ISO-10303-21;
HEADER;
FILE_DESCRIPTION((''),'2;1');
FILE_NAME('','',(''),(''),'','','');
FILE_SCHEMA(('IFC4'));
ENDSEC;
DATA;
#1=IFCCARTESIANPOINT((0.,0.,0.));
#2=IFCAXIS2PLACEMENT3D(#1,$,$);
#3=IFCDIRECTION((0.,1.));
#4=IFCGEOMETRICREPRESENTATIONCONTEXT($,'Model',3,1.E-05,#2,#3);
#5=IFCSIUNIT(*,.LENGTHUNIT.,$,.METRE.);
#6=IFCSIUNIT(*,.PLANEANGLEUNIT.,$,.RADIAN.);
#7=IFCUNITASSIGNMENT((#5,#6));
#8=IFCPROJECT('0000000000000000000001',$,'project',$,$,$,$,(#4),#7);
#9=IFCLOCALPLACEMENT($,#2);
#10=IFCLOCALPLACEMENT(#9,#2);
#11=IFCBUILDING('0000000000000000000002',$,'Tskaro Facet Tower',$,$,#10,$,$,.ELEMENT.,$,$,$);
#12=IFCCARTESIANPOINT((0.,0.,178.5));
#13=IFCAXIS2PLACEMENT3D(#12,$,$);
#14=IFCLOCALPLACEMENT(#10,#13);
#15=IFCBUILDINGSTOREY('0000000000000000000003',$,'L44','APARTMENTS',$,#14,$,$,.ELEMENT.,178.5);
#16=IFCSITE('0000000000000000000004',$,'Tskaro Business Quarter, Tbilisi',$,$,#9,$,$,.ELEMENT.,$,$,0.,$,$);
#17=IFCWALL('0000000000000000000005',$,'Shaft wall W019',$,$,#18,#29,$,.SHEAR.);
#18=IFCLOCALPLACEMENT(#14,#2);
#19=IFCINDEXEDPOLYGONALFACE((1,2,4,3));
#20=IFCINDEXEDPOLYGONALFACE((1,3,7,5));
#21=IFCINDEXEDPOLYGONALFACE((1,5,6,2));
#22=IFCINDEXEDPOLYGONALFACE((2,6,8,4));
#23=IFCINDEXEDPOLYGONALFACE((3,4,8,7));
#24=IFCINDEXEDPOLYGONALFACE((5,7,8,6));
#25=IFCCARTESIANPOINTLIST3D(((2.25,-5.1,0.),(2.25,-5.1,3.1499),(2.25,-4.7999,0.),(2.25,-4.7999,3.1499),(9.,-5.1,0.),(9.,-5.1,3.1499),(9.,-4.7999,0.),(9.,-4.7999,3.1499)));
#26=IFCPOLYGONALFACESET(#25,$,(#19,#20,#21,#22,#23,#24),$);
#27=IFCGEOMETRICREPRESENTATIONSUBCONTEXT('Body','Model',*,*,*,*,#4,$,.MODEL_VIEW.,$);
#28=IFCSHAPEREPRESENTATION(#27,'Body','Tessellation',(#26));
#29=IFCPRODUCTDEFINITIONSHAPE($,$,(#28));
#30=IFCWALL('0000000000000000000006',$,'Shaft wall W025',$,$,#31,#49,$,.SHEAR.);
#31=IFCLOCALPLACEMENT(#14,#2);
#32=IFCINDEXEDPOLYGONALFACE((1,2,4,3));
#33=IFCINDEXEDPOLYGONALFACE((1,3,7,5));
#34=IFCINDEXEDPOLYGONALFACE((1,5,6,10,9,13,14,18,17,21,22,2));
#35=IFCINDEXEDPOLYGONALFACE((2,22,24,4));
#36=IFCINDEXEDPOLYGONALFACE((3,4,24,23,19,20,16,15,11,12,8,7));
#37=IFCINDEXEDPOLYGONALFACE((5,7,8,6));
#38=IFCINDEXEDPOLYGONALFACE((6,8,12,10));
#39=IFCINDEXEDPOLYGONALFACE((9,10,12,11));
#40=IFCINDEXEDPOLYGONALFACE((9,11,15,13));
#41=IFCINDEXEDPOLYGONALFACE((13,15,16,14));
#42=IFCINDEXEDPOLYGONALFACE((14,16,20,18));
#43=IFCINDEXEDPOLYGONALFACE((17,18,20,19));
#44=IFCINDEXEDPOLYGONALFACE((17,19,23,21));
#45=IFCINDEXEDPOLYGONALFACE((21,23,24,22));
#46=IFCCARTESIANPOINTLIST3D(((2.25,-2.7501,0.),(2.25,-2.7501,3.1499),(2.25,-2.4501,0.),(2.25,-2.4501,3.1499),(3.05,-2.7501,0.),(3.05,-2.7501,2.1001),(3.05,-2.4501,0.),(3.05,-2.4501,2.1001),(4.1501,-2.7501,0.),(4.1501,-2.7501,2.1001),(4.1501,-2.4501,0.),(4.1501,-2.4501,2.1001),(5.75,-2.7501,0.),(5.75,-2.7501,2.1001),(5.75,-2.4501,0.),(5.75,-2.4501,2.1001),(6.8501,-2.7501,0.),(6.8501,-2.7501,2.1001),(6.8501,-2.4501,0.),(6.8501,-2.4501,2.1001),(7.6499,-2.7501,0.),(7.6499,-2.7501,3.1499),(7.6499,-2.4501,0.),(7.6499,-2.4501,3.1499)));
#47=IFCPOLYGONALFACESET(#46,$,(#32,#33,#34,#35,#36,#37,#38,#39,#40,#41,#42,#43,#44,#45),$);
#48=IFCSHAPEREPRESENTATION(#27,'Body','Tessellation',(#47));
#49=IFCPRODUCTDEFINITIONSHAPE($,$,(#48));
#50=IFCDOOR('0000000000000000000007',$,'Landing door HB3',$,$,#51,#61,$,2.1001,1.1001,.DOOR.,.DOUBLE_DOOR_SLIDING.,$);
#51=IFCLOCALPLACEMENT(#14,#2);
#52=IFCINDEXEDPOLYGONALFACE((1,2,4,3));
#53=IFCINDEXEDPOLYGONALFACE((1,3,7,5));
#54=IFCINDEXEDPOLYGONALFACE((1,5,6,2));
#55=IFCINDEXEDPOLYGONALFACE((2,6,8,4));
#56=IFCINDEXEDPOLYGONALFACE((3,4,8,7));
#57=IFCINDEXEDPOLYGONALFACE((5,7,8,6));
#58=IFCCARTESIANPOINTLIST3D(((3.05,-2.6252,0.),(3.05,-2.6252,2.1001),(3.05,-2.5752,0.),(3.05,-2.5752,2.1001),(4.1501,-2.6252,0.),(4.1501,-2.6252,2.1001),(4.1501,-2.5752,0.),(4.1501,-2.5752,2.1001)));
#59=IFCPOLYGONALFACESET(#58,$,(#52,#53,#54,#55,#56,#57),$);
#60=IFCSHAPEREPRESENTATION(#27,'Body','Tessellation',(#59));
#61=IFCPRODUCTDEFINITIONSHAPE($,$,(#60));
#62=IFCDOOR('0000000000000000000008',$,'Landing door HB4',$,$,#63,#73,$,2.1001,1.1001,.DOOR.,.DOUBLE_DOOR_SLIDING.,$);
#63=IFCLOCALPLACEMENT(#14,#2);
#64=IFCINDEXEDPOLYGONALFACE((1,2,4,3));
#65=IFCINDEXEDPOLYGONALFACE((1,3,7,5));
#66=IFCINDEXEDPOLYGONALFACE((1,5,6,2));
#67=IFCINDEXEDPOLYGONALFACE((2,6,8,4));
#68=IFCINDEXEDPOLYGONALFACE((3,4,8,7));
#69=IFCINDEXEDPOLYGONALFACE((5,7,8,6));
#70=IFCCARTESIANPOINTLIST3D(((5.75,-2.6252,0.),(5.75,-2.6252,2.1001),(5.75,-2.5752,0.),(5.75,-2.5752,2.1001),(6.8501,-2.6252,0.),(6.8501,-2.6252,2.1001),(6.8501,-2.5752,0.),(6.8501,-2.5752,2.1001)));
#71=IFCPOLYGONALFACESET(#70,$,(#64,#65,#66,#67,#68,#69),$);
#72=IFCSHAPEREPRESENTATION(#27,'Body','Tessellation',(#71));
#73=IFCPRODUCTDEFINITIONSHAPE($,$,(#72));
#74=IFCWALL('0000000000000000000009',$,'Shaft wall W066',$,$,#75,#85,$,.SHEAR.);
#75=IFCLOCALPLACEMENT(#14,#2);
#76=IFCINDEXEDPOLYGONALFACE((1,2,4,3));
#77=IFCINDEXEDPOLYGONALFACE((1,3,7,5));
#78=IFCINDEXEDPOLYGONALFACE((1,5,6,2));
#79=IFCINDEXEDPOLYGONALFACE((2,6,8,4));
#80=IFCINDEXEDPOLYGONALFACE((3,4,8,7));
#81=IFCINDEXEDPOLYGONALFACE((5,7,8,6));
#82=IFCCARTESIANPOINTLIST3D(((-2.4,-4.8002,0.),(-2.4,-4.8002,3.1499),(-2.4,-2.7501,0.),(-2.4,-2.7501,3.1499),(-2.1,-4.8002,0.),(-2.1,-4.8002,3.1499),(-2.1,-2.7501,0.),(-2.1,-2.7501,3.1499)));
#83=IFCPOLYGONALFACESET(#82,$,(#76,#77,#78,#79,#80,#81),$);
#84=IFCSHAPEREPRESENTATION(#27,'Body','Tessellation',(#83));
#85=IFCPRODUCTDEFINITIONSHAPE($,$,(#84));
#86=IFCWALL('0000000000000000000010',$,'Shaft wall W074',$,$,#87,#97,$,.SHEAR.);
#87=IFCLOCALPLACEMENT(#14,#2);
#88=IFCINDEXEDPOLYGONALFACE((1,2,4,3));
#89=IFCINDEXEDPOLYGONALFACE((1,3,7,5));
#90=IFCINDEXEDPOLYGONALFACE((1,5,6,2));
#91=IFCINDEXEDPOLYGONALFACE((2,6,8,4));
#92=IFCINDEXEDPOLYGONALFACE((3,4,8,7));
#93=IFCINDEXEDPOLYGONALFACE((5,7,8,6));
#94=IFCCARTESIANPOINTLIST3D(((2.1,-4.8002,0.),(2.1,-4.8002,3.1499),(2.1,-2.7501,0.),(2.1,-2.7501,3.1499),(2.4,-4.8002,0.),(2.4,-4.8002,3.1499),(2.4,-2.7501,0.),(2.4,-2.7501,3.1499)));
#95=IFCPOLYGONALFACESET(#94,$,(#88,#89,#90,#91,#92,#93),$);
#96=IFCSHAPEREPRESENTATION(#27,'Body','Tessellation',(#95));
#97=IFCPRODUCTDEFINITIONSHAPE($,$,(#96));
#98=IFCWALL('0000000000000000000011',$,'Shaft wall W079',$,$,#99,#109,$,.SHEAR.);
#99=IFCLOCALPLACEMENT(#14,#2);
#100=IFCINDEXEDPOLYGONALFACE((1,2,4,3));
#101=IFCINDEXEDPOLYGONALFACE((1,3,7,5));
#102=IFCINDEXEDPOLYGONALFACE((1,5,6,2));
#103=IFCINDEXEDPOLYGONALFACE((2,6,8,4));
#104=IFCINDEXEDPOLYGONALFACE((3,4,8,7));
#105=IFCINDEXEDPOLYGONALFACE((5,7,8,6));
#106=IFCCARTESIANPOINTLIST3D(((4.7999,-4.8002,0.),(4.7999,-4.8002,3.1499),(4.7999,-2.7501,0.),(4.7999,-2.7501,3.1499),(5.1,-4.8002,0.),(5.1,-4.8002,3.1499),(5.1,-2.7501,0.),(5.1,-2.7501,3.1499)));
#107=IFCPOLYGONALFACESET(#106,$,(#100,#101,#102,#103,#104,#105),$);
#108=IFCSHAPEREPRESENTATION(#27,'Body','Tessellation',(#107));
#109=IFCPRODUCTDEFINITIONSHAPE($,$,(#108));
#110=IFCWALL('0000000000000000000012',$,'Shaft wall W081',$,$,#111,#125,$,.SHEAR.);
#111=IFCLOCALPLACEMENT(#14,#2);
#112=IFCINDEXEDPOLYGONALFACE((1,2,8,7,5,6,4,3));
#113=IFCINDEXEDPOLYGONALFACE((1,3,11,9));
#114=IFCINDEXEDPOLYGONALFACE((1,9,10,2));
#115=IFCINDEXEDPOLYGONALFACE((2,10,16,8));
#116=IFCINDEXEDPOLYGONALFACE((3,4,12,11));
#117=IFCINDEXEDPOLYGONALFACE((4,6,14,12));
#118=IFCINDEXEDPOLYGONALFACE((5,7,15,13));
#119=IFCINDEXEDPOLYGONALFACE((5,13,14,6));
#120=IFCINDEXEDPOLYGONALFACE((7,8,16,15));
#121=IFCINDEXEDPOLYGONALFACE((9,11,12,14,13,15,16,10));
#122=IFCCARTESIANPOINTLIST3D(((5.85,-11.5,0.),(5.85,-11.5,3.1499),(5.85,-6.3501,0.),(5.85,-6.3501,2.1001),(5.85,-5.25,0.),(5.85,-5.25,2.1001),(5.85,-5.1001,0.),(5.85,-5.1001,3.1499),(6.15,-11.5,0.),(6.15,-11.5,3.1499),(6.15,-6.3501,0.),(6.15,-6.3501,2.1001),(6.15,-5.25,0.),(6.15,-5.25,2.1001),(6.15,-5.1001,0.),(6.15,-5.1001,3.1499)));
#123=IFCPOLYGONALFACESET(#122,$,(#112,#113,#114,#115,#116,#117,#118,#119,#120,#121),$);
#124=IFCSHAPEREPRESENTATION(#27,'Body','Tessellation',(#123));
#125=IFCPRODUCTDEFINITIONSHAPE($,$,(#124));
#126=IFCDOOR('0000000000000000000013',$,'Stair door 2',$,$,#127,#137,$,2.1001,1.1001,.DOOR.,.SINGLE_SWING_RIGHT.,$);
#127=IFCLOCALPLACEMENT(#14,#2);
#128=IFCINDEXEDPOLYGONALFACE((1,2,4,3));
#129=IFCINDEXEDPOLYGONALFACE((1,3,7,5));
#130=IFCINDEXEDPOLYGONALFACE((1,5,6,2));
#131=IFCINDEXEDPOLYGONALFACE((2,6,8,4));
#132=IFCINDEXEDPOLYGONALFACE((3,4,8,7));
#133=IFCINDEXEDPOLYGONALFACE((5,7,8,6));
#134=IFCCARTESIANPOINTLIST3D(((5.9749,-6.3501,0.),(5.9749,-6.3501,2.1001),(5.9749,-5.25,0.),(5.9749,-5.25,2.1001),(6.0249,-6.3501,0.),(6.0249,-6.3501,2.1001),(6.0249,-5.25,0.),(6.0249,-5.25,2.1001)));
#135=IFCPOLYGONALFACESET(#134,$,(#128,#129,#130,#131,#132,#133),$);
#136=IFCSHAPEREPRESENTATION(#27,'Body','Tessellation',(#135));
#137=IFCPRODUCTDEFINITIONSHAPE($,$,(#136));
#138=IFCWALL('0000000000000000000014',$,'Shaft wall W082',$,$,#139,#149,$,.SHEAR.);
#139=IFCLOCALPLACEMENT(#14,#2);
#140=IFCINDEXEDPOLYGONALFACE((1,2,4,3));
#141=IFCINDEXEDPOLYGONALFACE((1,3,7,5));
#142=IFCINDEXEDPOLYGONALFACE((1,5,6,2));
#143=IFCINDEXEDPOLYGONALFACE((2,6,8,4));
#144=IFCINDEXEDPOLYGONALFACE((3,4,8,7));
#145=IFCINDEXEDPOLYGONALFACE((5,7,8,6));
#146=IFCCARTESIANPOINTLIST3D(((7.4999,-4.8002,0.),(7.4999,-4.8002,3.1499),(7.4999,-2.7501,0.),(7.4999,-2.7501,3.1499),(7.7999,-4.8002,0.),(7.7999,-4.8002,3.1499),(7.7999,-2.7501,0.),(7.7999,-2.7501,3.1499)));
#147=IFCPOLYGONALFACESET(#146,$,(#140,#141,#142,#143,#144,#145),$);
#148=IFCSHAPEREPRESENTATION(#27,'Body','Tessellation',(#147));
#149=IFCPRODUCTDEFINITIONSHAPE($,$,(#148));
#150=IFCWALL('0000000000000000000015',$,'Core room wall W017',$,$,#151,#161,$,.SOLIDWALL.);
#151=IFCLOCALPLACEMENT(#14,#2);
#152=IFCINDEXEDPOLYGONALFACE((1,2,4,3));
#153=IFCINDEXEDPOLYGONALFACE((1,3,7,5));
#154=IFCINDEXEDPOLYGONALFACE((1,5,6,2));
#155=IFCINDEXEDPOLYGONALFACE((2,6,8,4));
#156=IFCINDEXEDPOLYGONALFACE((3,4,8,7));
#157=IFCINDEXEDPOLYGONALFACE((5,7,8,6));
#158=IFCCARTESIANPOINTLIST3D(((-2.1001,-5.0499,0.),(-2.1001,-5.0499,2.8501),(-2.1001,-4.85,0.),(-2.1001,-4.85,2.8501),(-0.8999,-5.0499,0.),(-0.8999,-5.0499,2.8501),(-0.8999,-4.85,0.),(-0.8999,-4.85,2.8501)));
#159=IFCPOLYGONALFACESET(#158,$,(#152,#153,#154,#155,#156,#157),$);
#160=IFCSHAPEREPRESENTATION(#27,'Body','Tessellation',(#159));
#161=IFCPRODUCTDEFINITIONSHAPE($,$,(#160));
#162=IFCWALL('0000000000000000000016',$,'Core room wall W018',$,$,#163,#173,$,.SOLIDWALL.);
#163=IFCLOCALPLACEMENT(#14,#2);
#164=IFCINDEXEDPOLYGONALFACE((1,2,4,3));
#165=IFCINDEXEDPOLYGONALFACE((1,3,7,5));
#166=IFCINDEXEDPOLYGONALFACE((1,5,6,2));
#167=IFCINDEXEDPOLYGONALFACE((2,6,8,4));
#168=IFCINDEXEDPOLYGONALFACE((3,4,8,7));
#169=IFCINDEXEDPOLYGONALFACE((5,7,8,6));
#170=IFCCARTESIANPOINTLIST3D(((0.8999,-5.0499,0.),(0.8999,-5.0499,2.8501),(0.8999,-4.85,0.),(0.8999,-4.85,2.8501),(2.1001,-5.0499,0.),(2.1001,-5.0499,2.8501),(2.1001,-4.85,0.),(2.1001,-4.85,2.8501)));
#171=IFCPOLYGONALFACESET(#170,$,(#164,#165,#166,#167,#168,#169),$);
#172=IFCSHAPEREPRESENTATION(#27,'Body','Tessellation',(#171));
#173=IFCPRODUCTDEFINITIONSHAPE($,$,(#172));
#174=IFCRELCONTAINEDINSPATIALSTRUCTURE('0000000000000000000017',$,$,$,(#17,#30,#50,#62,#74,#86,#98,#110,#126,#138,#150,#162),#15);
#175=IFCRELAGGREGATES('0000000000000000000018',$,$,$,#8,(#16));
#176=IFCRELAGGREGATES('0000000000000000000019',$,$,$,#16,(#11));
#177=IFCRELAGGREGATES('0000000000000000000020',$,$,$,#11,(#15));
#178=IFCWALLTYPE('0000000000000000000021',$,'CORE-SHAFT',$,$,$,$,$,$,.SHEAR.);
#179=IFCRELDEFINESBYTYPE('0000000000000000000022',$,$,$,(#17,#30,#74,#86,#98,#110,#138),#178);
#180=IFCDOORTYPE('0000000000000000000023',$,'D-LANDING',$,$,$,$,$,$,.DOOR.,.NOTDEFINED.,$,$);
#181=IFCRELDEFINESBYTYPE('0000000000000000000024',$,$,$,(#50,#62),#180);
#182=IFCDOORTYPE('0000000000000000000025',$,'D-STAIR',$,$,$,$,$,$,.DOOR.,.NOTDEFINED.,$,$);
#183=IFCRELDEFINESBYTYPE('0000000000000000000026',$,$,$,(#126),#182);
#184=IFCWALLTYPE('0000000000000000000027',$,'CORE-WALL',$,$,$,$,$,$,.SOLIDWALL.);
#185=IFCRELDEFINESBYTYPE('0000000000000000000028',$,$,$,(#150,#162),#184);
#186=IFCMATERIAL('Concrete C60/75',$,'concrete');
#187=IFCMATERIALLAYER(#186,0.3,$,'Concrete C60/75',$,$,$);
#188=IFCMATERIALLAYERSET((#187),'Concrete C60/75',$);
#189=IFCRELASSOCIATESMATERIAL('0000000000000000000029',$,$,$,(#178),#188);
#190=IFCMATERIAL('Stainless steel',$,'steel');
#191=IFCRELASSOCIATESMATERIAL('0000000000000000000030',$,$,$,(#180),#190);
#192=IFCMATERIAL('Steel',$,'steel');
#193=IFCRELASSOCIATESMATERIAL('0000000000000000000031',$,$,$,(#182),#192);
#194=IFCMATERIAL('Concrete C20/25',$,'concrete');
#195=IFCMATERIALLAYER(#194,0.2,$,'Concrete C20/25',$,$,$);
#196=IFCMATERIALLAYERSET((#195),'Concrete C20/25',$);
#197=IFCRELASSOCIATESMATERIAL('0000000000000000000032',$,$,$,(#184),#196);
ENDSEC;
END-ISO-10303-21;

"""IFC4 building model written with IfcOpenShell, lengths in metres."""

from ifc_helpers import new_model, si_unit, direction, frame, frame_2d, origin, place, context, subcontext, project, spatial, rectangle, extrude, material, layer, layer_set, type_object, element, fill, save


model = new_model("IFC4")

# Units and contexts
model_context = context("Model", 3, precision=1e-05, world=origin(), true_north=direction((0.0, 1.0)))
body_context = subcontext(model_context, "Body", "Model", "MODEL_VIEW")
ifc_project = project(units=[si_unit("LENGTHUNIT", "METRE"), si_unit("PLANEANGLEUNIT", "RADIAN")], contexts=[model_context])

# Site, building, storey
site_placement = place(None, origin())
site = spatial("IfcSite", under=ifc_project, at=site_placement, Name="Tskaro Business Quarter, Tbilisi", CompositionType="ELEMENT", RefElevation=0.0)
building_placement = place(site_placement, origin())
building = spatial("IfcBuilding", under=site, at=building_placement, Name="Tskaro Facet Tower", CompositionType="ELEMENT")
storey_placement = place(building_placement, frame((0.0, 0.0, 178.5)))
storey = spatial("IfcBuildingStorey", under=building, at=storey_placement, Name="L44", Description="APARTMENTS", CompositionType="ELEMENT", Elevation=178.5)

# Wall
ifc_material_1 = material(Name="Concrete C60/75", Category="concrete")
ifc_layer_1 = layer(ifc_material_1, 0.3, Name="Concrete C60/75")
ifc_layer_set_1 = layer_set([ifc_layer_1], Name="Concrete C60/75")
wall_type_1 = type_object("IfcWallType", Name="CORE-SHAFT", PredefinedType="SHEAR", material=ifc_layer_set_1)
wall_1_placement = place(storey_placement, frame((2.25, -4.95, 0.0), z_axis=(0.0, 0.0, 1.0), x_axis=(1.0, 0.0, 0.0)))
element("IfcWall", 1, at=wall_1_placement, inside=storey, type_object=wall_type_1, Name="Shaft wall W019", PredefinedType="SHEAR", context=body_context, shape_type="SweptSolid", body=[
    extrude(rectangle(XDim=6.75, YDim=0.3, at=frame_2d((3.375, 0.0))), origin(), (0.0, 0.0, 1.0), 3.1499),
])

# Wall, openings, doors
wall_2_placement = place(storey_placement, frame((2.25, -2.6001, 0.0), z_axis=(0.0, 0.0, 1.0), x_axis=(1.0, 0.0, 0.0)))
wall_2 = element("IfcWall", 2, at=wall_2_placement, inside=storey, type_object=wall_type_1, Name="Shaft wall W025", PredefinedType="SHEAR", context=body_context, shape_type="SweptSolid", body=[
    extrude(rectangle(XDim=5.3999, YDim=0.3, at=frame_2d((2.7, 0.0))), origin(), (0.0, 0.0, 1.0), 3.1499),
])
opening_1_placement = place(wall_2_placement, frame((0.8, 0.0, 0.0)))
opening_1 = element("IfcOpeningElement", 3, at=opening_1_placement, cuts=wall_2, PredefinedType="OPENING", context=body_context, shape_type="SweptSolid", body=[
    extrude(rectangle(XDim=1.1001, YDim=2.1001, at=frame_2d((0.55, 1.05))), frame((0.0, 0.1599, 0.0), z_axis=(0.0, -1.0, 0.0), x_axis=(1.0, 0.0, 0.0)), (0.0, 0.0, 1.0), 0.3201),
])
opening_2_placement = place(wall_2_placement, frame((3.5, 0.0, 0.0)))
opening_2 = element("IfcOpeningElement", 4, at=opening_2_placement, cuts=wall_2, PredefinedType="OPENING", context=body_context, shape_type="SweptSolid", body=[
    extrude(rectangle(XDim=1.1001, YDim=2.1001, at=frame_2d((0.55, 1.05))), frame((0.0, 0.1599, 0.0), z_axis=(0.0, -1.0, 0.0), x_axis=(1.0, 0.0, 0.0)), (0.0, 0.0, 1.0), 0.3201),
])
ifc_material_2 = material(Name="Stainless steel", Category="steel")
door_type_1 = type_object("IfcDoorType", Name="D-LANDING", OperationType="NOTDEFINED", PredefinedType="DOOR", material=ifc_material_2)
door_1_placement = place(opening_1_placement, origin())
door_1 = element("IfcDoor", 5, at=door_1_placement, inside=storey, type_object=door_type_1, Name="Landing door HB3", OperationType="DOUBLE_DOOR_SLIDING", OverallHeight=2.1001, OverallWidth=1.1001, PredefinedType="DOOR", context=body_context, shape_type="SweptSolid", body=[
    extrude(rectangle(XDim=1.1001, YDim=2.1001, at=frame_2d((0.55, 1.05))), frame((0.0, 0.0249, 0.0), z_axis=(0.0, -1.0, 0.0), x_axis=(1.0, 0.0, 0.0)), (0.0, 0.0, 1.0), 0.05),
])
fill(opening_1, door_1)
door_2_placement = place(opening_2_placement, origin())
door_2 = element("IfcDoor", 6, at=door_2_placement, inside=storey, type_object=door_type_1, Name="Landing door HB4", OperationType="DOUBLE_DOOR_SLIDING", OverallHeight=2.1001, OverallWidth=1.1001, PredefinedType="DOOR", context=body_context, shape_type="SweptSolid", body=[
    extrude(rectangle(XDim=1.1001, YDim=2.1001, at=frame_2d((0.55, 1.05))), frame((0.0, 0.0249, 0.0), z_axis=(0.0, -1.0, 0.0), x_axis=(1.0, 0.0, 0.0)), (0.0, 0.0, 1.0), 0.05),
])
fill(opening_2, door_2)

# Walls
for number, where, z_axis, x_axis, name in (
    (7, (-2.25, -4.8, 0.0), (0.0, 0.0, 1.0), (0.0, 1.0, 0.0), "Shaft wall W066"),
    (8, (2.25, -4.8, 0.0), (0.0, 0.0, 1.0), (0.0, 1.0, 0.0), "Shaft wall W074"),
    (9, (4.95, -4.8, 0.0), (0.0, 0.0, 1.0), (0.0, 1.0, 0.0), "Shaft wall W079"),
):
    element("IfcWall", number, at=place(storey_placement, frame(where, z_axis=z_axis, x_axis=x_axis)), inside=storey, type_object=wall_type_1, Name=name, PredefinedType="SHEAR", context=body_context, shape_type="SweptSolid", body=[
        extrude(rectangle(XDim=2.05, YDim=0.3, at=frame_2d((1.0249, 0.0))), origin(), (0.0, 0.0, 1.0), 3.1499),
    ])

# Wall, opening, door
wall_3_placement = place(storey_placement, frame((6.0, -5.1001, 0.0), z_axis=(0.0, 0.0, 1.0), x_axis=(0.0, -1.0, 0.0)))
wall_3 = element("IfcWall", 10, at=wall_3_placement, inside=storey, type_object=wall_type_1, Name="Shaft wall W081", PredefinedType="SHEAR", context=body_context, shape_type="SweptSolid", body=[
    extrude(rectangle(XDim=6.3999, YDim=0.3, at=frame_2d((3.2, 0.0))), origin(), (0.0, 0.0, 1.0), 3.1499),
])
opening_3_placement = place(wall_3_placement, frame((0.1499, 0.0, 0.0)))
opening_3 = element("IfcOpeningElement", 11, at=opening_3_placement, cuts=wall_3, PredefinedType="OPENING", context=body_context, shape_type="SweptSolid", body=[
    extrude(rectangle(XDim=1.1001, YDim=2.1001, at=frame_2d((0.55, 1.05))), frame((0.0, 0.1599, 0.0), z_axis=(0.0, -1.0, 0.0), x_axis=(1.0, 0.0, 0.0)), (0.0, 0.0, 1.0), 0.3201),
])
ifc_material_3 = material(Name="Steel", Category="steel")
door_type_2 = type_object("IfcDoorType", Name="D-STAIR", OperationType="NOTDEFINED", PredefinedType="DOOR", material=ifc_material_3)
door_3_placement = place(opening_3_placement, origin())
door_3 = element("IfcDoor", 12, at=door_3_placement, inside=storey, type_object=door_type_2, Name="Stair door 2", OperationType="SINGLE_SWING_RIGHT", OverallHeight=2.1001, OverallWidth=1.1001, PredefinedType="DOOR", context=body_context, shape_type="SweptSolid", body=[
    extrude(rectangle(XDim=1.1001, YDim=2.1001, at=frame_2d((0.55, 1.05))), frame((0.0, 0.0249, 0.0), z_axis=(0.0, -1.0, 0.0), x_axis=(1.0, 0.0, 0.0)), (0.0, 0.0, 1.0), 0.05),
])
fill(opening_3, door_3)

# Walls
wall_4_placement = place(storey_placement, frame((7.6499, -4.8, 0.0), z_axis=(0.0, 0.0, 1.0), x_axis=(0.0, 1.0, 0.0)))
element("IfcWall", 13, at=wall_4_placement, inside=storey, type_object=wall_type_1, Name="Shaft wall W082", PredefinedType="SHEAR", context=body_context, shape_type="SweptSolid", body=[
    extrude(rectangle(XDim=2.05, YDim=0.3, at=frame_2d((1.0249, 0.0))), origin(), (0.0, 0.0, 1.0), 3.1499),
])
ifc_material_4 = material(Name="Concrete C20/25", Category="concrete")
ifc_layer_2 = layer(ifc_material_4, 0.2, Name="Concrete C20/25")
ifc_layer_set_2 = layer_set([ifc_layer_2], Name="Concrete C20/25")
wall_type_2 = type_object("IfcWallType", Name="CORE-WALL", PredefinedType="SOLIDWALL", material=ifc_layer_set_2)
for number, where, z_axis, x_axis, name in (
    (14, (-2.1001, -4.95, 0.0), (0.0, 0.0, 1.0), (1.0, 0.0, 0.0), "Core room wall W017"),
    (15, (0.8999, -4.95, 0.0), (0.0, 0.0, 1.0), (1.0, 0.0, 0.0), "Core room wall W018"),
):
    element("IfcWall", number, at=place(storey_placement, frame(where, z_axis=z_axis, x_axis=x_axis)), inside=storey, type_object=wall_type_2, Name=name, PredefinedType="SOLIDWALL", context=body_context, shape_type="SweptSolid", body=[
        extrude(rectangle(XDim=1.2002, YDim=0.2, at=frame_2d((0.6001, 0.0))), origin(), (0.0, 0.0, 1.0), 2.8501),
    ])

save(model, "model.ifc")
